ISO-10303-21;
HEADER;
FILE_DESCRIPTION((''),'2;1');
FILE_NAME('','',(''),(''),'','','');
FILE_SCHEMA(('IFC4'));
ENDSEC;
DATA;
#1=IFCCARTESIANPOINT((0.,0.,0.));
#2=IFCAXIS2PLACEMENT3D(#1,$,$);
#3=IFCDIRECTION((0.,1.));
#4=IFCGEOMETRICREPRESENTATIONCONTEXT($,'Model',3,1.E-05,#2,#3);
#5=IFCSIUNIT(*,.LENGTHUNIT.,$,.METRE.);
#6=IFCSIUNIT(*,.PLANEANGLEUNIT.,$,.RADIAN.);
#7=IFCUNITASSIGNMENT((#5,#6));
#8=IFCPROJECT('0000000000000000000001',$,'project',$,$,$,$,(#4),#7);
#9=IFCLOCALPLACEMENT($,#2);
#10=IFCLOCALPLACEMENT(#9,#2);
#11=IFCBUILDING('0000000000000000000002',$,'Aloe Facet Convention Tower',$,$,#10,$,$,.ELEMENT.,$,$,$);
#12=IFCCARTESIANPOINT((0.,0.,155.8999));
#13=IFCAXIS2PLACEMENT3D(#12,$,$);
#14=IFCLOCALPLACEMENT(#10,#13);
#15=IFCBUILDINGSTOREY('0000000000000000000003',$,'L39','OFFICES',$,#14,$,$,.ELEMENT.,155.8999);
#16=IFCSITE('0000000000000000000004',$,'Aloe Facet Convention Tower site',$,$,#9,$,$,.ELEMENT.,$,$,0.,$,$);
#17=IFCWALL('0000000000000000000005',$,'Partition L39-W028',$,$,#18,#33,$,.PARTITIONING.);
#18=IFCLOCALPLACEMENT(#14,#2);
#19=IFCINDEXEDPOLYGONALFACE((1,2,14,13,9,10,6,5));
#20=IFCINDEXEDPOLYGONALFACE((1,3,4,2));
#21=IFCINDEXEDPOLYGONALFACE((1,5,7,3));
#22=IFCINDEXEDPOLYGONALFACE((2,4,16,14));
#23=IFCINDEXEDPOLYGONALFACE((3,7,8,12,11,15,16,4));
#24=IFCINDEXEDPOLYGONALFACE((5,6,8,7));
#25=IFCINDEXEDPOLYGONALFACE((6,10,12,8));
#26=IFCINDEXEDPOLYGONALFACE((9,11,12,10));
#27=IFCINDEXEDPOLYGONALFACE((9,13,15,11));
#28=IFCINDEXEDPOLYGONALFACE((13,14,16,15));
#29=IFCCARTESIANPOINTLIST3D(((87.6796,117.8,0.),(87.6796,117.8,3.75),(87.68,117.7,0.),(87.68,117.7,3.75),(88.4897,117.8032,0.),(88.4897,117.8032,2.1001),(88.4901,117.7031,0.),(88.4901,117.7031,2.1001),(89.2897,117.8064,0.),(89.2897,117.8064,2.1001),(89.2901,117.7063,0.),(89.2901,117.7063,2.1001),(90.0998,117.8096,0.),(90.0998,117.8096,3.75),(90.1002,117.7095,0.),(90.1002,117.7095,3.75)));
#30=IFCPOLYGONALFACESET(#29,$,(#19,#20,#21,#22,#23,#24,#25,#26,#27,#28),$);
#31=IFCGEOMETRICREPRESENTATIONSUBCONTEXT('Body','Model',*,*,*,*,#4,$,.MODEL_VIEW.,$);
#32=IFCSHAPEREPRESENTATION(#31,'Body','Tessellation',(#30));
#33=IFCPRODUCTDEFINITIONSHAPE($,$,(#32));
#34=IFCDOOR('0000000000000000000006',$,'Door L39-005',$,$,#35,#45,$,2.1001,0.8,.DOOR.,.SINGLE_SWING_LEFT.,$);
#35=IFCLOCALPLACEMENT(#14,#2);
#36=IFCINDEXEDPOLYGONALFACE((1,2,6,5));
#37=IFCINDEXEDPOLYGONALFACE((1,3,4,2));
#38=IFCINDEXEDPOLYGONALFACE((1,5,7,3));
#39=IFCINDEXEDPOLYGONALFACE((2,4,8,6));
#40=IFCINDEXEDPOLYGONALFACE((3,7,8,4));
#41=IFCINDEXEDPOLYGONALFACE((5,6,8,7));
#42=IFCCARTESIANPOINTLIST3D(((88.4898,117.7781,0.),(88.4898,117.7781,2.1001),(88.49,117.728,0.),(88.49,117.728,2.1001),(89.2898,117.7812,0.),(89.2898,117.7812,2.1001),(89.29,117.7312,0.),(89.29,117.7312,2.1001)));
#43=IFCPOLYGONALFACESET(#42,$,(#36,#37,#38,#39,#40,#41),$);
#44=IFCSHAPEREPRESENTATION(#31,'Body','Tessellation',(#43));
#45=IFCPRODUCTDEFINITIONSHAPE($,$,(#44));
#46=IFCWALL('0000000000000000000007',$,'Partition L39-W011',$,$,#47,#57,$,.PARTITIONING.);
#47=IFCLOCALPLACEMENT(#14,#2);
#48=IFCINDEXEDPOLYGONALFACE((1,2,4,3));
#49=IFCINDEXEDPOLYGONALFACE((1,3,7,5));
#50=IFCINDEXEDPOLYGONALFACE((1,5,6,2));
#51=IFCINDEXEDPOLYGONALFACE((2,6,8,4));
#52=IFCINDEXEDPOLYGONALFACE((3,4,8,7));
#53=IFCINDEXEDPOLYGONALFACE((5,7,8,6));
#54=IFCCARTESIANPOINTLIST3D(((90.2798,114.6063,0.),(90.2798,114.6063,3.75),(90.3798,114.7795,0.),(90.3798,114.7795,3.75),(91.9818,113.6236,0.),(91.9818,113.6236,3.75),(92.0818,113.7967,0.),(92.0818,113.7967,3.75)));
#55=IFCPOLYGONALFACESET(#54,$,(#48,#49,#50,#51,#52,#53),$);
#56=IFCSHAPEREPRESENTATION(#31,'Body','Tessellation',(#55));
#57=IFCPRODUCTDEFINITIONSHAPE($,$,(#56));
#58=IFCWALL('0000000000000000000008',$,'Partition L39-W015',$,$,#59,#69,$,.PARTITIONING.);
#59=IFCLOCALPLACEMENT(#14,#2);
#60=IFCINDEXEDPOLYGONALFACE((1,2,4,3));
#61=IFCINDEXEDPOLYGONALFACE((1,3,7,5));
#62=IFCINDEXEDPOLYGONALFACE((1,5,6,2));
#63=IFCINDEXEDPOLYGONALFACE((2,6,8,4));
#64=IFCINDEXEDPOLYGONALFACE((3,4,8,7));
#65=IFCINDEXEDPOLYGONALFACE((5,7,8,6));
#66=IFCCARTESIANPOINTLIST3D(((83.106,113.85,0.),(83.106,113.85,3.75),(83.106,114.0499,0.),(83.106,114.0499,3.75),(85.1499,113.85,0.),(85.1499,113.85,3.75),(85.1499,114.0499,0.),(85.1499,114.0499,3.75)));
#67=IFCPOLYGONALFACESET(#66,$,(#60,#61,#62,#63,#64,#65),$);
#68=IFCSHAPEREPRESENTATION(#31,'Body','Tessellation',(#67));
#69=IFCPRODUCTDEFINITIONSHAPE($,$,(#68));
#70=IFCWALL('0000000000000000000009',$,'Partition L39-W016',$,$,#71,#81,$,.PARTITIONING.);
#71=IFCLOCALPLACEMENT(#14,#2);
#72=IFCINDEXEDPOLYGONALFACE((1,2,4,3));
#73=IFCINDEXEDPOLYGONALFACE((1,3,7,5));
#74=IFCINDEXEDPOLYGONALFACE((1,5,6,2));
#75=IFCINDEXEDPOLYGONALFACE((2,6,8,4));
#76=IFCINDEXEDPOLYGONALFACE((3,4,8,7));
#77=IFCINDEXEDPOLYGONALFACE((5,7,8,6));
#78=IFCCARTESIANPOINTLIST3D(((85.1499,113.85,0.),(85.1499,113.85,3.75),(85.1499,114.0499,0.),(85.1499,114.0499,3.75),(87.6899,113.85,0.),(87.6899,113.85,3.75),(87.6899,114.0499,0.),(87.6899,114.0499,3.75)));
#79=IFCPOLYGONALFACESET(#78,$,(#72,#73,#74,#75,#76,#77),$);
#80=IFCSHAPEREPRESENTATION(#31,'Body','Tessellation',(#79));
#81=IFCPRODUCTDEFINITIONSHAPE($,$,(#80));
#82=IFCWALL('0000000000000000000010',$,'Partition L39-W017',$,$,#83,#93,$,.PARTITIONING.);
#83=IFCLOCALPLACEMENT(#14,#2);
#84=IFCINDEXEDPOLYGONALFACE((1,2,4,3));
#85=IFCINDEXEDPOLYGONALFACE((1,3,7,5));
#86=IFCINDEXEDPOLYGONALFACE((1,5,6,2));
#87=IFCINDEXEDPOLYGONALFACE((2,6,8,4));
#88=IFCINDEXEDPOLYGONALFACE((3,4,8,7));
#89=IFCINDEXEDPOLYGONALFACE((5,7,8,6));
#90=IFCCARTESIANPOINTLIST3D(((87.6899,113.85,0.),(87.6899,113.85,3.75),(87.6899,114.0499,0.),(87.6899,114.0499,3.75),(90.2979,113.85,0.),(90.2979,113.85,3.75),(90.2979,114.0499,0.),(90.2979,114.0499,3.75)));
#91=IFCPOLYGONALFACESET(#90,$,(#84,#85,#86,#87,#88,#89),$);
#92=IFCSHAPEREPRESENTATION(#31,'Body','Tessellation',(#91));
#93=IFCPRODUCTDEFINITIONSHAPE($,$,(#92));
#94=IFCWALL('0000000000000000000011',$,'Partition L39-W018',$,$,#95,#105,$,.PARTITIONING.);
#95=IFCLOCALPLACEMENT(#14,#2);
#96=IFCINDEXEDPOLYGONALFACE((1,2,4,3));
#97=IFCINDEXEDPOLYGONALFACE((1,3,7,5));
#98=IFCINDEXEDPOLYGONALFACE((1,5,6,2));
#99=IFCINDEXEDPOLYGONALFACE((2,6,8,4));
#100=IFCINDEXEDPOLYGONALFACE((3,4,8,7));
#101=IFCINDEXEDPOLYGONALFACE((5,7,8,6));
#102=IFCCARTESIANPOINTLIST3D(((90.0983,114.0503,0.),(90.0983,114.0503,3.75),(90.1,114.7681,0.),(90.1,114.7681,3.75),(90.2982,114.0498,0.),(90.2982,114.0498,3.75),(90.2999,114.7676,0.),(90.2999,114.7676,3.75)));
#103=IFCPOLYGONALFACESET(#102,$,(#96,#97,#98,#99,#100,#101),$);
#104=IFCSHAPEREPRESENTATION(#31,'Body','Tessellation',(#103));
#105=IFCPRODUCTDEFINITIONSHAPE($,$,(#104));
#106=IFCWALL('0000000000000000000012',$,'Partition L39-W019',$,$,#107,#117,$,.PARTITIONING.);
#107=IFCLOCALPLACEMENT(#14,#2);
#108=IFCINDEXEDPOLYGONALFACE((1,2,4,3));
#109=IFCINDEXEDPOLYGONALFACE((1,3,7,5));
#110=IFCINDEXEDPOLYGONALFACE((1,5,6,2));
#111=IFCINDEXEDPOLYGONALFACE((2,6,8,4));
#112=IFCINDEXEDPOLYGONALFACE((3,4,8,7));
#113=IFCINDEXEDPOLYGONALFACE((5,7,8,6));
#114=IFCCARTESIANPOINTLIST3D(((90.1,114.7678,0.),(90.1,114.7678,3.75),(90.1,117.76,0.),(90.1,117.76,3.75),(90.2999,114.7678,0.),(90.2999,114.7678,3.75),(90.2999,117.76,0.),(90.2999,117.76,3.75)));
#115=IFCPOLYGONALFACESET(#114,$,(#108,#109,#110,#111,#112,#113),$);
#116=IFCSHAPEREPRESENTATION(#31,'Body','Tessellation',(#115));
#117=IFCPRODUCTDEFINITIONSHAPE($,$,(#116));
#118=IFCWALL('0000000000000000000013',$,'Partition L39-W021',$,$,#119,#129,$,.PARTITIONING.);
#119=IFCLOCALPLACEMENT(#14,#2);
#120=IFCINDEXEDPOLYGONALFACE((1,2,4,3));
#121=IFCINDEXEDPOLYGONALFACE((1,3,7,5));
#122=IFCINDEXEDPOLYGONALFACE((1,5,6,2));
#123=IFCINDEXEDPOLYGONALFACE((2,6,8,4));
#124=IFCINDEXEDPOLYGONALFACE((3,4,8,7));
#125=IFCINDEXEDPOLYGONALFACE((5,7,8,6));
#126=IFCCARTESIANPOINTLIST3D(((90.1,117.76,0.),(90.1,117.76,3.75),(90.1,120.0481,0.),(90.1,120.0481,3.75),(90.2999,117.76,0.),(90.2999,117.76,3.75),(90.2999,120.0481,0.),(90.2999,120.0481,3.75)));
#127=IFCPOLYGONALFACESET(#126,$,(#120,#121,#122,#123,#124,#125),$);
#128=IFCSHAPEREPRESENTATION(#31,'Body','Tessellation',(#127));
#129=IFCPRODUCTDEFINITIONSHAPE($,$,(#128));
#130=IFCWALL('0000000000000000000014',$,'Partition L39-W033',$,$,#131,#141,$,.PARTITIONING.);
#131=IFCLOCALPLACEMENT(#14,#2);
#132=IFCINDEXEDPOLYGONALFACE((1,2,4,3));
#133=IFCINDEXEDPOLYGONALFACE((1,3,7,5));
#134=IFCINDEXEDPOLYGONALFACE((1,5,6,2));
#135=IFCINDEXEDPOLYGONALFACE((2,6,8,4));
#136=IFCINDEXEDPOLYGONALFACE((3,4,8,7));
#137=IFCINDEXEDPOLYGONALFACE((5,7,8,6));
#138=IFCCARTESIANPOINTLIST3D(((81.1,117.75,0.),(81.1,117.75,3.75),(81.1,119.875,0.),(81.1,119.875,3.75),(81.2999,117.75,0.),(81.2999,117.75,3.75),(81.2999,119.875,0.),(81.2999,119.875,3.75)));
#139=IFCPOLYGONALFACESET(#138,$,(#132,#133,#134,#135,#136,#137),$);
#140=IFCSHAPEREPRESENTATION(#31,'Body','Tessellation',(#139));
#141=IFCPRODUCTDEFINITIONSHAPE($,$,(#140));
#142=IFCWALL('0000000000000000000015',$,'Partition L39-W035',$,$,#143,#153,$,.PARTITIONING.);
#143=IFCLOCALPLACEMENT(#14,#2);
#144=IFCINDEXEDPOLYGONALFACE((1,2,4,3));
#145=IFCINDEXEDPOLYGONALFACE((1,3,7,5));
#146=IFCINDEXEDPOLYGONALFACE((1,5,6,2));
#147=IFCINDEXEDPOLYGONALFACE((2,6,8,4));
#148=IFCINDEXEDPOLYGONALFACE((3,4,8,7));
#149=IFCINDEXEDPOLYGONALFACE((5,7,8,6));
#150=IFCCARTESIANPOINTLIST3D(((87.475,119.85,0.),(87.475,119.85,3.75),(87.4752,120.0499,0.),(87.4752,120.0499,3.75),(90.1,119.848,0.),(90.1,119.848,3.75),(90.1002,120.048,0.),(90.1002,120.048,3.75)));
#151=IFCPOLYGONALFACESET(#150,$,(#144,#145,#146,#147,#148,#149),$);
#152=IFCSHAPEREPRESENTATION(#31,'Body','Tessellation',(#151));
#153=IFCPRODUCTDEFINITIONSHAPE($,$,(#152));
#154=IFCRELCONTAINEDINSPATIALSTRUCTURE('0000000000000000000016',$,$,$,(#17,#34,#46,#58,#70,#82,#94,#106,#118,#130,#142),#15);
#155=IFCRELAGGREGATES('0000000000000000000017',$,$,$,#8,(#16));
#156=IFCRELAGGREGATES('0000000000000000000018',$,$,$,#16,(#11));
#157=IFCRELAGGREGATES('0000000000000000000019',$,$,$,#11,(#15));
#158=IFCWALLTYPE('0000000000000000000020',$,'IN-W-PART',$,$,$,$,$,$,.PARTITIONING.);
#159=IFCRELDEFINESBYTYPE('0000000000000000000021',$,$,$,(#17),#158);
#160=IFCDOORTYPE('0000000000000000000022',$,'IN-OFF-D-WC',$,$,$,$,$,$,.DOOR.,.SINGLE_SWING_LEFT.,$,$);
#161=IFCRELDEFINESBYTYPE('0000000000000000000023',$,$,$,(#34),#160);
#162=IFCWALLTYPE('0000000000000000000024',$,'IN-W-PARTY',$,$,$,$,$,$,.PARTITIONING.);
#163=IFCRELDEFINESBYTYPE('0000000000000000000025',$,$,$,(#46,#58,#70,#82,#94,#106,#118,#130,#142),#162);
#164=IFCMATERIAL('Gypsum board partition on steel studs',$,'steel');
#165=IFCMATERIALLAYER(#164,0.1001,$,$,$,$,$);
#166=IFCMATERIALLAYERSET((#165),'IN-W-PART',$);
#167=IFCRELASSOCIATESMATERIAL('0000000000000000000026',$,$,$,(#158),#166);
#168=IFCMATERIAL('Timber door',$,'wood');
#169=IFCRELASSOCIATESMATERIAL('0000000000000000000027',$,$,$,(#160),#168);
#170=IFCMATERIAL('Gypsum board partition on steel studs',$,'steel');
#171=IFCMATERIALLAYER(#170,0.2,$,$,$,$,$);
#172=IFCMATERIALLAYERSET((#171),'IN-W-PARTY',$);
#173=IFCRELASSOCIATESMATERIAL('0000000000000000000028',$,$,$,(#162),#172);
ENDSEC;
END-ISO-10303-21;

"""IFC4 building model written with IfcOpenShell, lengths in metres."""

from ifc_helpers import new_model, si_unit, direction, frame, frame_2d, origin, place, context, subcontext, project, spatial, rectangle, extrude, material, layer, layer_set, type_object, element, fill, save


model = new_model("IFC4")

# Units and contexts
model_context = context("Model", 3, precision=1e-05, world=origin(), true_north=direction((0.0, 1.0)))
body_context = subcontext(model_context, "Body", "Model", "MODEL_VIEW")
ifc_project = project(units=[si_unit("LENGTHUNIT", "METRE"), si_unit("PLANEANGLEUNIT", "RADIAN")], contexts=[model_context])

# Site, building, storey
site_placement = place(None, origin())
site = spatial("IfcSite", under=ifc_project, at=site_placement, Name="Aloe Facet Convention Tower site", CompositionType="ELEMENT", RefElevation=0.0)
building_placement = place(site_placement, origin())
building = spatial("IfcBuilding", under=site, at=building_placement, Name="Aloe Facet Convention Tower", CompositionType="ELEMENT")
storey_placement = place(building_placement, frame((0.0, 0.0, 155.8999)))
storey = spatial("IfcBuildingStorey", under=building, at=storey_placement, Name="L39", Description="OFFICES", CompositionType="ELEMENT", Elevation=155.8999)

# Shared definitions
ifc_material_1 = material(Name="Gypsum board partition on steel studs", Category="steel")
ifc_layer_1 = layer(ifc_material_1, 0.1001)
ifc_layer_set_1 = layer_set([ifc_layer_1], Name="IN-W-PART")
wall_type_1 = type_object("IfcWallType", Name="IN-W-PART", PredefinedType="PARTITIONING", material=ifc_layer_set_1)

# Wall, opening, door
ifc_material_2 = material(Name="Timber door", Category="wood")
door_type_1 = type_object("IfcDoorType", Name="IN-OFF-D-WC", OperationType="SINGLE_SWING_LEFT", PredefinedType="DOOR", material=ifc_material_2)
wall_1_placement = place(storey_placement, frame((87.6799, 117.75, 0.0), z_axis=(0.0, 0.0, 1.0), x_axis=(0.999992, 0.003934, 0.0)))
wall_1 = element("IfcWall", 1, at=wall_1_placement, inside=storey, type_object=wall_type_1, Name="Partition L39-W028", PredefinedType="PARTITIONING", context=body_context, shape_type="SweptSolid", body=[
    extrude(rectangle(XDim=2.4202, YDim=0.1001, at=frame_2d((1.21, 0.0))), origin(), (0.0, 0.0, 1.0), 3.75),
])
opening_1_placement = place(wall_1_placement, frame((0.8101, 0.0, 0.0)))
opening_1 = element("IfcOpeningElement", 2, at=opening_1_placement, cuts=wall_1, PredefinedType="OPENING", context=body_context, shape_type="SweptSolid", body=[
    extrude(rectangle(XDim=0.8, YDim=2.1001, at=frame_2d((0.3999, 1.05))), frame((0.0, 0.0601, 0.0), z_axis=(0.0, -1.0, 0.0), x_axis=(1.0, 0.0, 0.0)), (0.0, 0.0, 1.0), 0.1201),
])
door_1_placement = place(opening_1_placement, origin())
door_1 = element("IfcDoor", 3, at=door_1_placement, inside=storey, type_object=door_type_1, Name="Door L39-005", OperationType="SINGLE_SWING_LEFT", OverallHeight=2.1001, OverallWidth=0.8, PredefinedType="DOOR", context=body_context, shape_type="SweptSolid", body=[
    extrude(rectangle(XDim=0.8, YDim=2.1001, at=frame_2d((0.3999, 1.05))), frame((0.0, 0.0249, 0.0), z_axis=(0.0, -1.0, 0.0), x_axis=(1.0, 0.0, 0.0)), (0.0, 0.0, 1.0), 0.05),
])
fill(opening_1, door_1)

# Walls
ifc_material_3 = material(Name="Gypsum board partition on steel studs", Category="steel")
ifc_layer_2 = layer(ifc_material_3, 0.2)
ifc_layer_set_2 = layer_set([ifc_layer_2], Name="IN-W-PARTY")
wall_type_2 = type_object("IfcWallType", Name="IN-W-PARTY", PredefinedType="PARTITIONING", material=ifc_layer_set_2)
wall_2_placement = place(storey_placement, frame((90.3298, 114.6929, 0.0), z_axis=(0.0, 0.0, 1.0), x_axis=(0.86601, -0.500027, 0.0)))
element("IfcWall", 4, at=wall_2_placement, inside=storey, type_object=wall_type_2, Name="Partition L39-W011", PredefinedType="PARTITIONING", context=body_context, shape_type="SweptSolid", body=[
    extrude(rectangle(XDim=1.9653, YDim=0.2, at=frame_2d((0.9827, 0.0))), origin(), (0.0, 0.0, 1.0), 3.75),
])
wall_3_placement = place(storey_placement, frame((83.106, 113.95, 0.0), z_axis=(0.0, 0.0, 1.0), x_axis=(1.0, 0.0, 0.0)))
element("IfcWall", 5, at=wall_3_placement, inside=storey, type_object=wall_type_2, Name="Partition L39-W015", PredefinedType="PARTITIONING", context=body_context, shape_type="SweptSolid", body=[
    extrude(rectangle(XDim=2.0439, YDim=0.2, at=frame_2d((1.022, 0.0))), origin(), (0.0, 0.0, 1.0), 3.75),
])
wall_4_placement = place(storey_placement, frame((85.1499, 113.95, 0.0), z_axis=(0.0, 0.0, 1.0), x_axis=(1.0, 0.0, 0.0)))
element("IfcWall", 6, at=wall_4_placement, inside=storey, type_object=wall_type_2, Name="Partition L39-W016", PredefinedType="PARTITIONING", context=body_context, shape_type="SweptSolid", body=[
    extrude(rectangle(XDim=2.54, YDim=0.2, at=frame_2d((1.27, 0.0))), origin(), (0.0, 0.0, 1.0), 3.75),
])
wall_5_placement = place(storey_placement, frame((87.6899, 113.95, 0.0), z_axis=(0.0, 0.0, 1.0), x_axis=(1.0, 0.0, 0.0)))
element("IfcWall", 7, at=wall_5_placement, inside=storey, type_object=wall_type_2, Name="Partition L39-W017", PredefinedType="PARTITIONING", context=body_context, shape_type="SweptSolid", body=[
    extrude(rectangle(XDim=2.6079, YDim=0.2, at=frame_2d((1.304, 0.0))), origin(), (0.0, 0.0, 1.0), 3.75),
])
wall_6_placement = place(storey_placement, frame((90.1982, 114.05, 0.0), z_axis=(0.0, 0.0, 1.0), x_axis=(0.002381, 0.999997, 0.0)))
element("IfcWall", 8, at=wall_6_placement, inside=storey, type_object=wall_type_2, Name="Partition L39-W018", PredefinedType="PARTITIONING", context=body_context, shape_type="SweptSolid", body=[
    extrude(rectangle(XDim=0.7178, YDim=0.2, at=frame_2d((0.3589, 0.0))), origin(), (0.0, 0.0, 1.0), 3.75),
])
wall_7_placement = place(storey_placement, frame((90.2, 114.7678, 0.0), z_axis=(0.0, 0.0, 1.0), x_axis=(0.0, 1.0, 0.0)))
element("IfcWall", 9, at=wall_7_placement, inside=storey, type_object=wall_type_2, Name="Partition L39-W019", PredefinedType="PARTITIONING", context=body_context, shape_type="SweptSolid", body=[
    extrude(rectangle(XDim=2.9922, YDim=0.2, at=frame_2d((1.4961, 0.0))), origin(), (0.0, 0.0, 1.0), 3.75),
])
wall_8_placement = place(storey_placement, frame((90.2, 117.76, 0.0), z_axis=(0.0, 0.0, 1.0), x_axis=(0.0, 1.0, 0.0)))
element("IfcWall", 10, at=wall_8_placement, inside=storey, type_object=wall_type_2, Name="Partition L39-W021", PredefinedType="PARTITIONING", context=body_context, shape_type="SweptSolid", body=[
    extrude(rectangle(XDim=2.2881, YDim=0.2, at=frame_2d((1.144, 0.0))), origin(), (0.0, 0.0, 1.0), 3.75),
])
wall_9_placement = place(storey_placement, frame((81.2, 117.75, 0.0), z_axis=(0.0, 0.0, 1.0), x_axis=(0.0, 1.0, 0.0)))
element("IfcWall", 11, at=wall_9_placement, inside=storey, type_object=wall_type_2, Name="Partition L39-W033", PredefinedType="PARTITIONING", context=body_context, shape_type="SweptSolid", body=[
    extrude(rectangle(XDim=2.125, YDim=0.2, at=frame_2d((1.0625, 0.0))), origin(), (0.0, 0.0, 1.0), 3.75),
])
wall_10_placement = place(storey_placement, frame((87.4751, 119.95, 0.0), z_axis=(0.0, 0.0, 1.0), x_axis=(1.0, -0.000744, 0.0)))
element("IfcWall", 12, at=wall_10_placement, inside=storey, type_object=wall_type_2, Name="Partition L39-W035", PredefinedType="PARTITIONING", context=body_context, shape_type="SweptSolid", body=[
    extrude(rectangle(XDim=2.625, YDim=0.2, at=frame_2d((1.3125, 0.0))), origin(), (0.0, 0.0, 1.0), 3.75),
])

save(model, "model.ifc")
